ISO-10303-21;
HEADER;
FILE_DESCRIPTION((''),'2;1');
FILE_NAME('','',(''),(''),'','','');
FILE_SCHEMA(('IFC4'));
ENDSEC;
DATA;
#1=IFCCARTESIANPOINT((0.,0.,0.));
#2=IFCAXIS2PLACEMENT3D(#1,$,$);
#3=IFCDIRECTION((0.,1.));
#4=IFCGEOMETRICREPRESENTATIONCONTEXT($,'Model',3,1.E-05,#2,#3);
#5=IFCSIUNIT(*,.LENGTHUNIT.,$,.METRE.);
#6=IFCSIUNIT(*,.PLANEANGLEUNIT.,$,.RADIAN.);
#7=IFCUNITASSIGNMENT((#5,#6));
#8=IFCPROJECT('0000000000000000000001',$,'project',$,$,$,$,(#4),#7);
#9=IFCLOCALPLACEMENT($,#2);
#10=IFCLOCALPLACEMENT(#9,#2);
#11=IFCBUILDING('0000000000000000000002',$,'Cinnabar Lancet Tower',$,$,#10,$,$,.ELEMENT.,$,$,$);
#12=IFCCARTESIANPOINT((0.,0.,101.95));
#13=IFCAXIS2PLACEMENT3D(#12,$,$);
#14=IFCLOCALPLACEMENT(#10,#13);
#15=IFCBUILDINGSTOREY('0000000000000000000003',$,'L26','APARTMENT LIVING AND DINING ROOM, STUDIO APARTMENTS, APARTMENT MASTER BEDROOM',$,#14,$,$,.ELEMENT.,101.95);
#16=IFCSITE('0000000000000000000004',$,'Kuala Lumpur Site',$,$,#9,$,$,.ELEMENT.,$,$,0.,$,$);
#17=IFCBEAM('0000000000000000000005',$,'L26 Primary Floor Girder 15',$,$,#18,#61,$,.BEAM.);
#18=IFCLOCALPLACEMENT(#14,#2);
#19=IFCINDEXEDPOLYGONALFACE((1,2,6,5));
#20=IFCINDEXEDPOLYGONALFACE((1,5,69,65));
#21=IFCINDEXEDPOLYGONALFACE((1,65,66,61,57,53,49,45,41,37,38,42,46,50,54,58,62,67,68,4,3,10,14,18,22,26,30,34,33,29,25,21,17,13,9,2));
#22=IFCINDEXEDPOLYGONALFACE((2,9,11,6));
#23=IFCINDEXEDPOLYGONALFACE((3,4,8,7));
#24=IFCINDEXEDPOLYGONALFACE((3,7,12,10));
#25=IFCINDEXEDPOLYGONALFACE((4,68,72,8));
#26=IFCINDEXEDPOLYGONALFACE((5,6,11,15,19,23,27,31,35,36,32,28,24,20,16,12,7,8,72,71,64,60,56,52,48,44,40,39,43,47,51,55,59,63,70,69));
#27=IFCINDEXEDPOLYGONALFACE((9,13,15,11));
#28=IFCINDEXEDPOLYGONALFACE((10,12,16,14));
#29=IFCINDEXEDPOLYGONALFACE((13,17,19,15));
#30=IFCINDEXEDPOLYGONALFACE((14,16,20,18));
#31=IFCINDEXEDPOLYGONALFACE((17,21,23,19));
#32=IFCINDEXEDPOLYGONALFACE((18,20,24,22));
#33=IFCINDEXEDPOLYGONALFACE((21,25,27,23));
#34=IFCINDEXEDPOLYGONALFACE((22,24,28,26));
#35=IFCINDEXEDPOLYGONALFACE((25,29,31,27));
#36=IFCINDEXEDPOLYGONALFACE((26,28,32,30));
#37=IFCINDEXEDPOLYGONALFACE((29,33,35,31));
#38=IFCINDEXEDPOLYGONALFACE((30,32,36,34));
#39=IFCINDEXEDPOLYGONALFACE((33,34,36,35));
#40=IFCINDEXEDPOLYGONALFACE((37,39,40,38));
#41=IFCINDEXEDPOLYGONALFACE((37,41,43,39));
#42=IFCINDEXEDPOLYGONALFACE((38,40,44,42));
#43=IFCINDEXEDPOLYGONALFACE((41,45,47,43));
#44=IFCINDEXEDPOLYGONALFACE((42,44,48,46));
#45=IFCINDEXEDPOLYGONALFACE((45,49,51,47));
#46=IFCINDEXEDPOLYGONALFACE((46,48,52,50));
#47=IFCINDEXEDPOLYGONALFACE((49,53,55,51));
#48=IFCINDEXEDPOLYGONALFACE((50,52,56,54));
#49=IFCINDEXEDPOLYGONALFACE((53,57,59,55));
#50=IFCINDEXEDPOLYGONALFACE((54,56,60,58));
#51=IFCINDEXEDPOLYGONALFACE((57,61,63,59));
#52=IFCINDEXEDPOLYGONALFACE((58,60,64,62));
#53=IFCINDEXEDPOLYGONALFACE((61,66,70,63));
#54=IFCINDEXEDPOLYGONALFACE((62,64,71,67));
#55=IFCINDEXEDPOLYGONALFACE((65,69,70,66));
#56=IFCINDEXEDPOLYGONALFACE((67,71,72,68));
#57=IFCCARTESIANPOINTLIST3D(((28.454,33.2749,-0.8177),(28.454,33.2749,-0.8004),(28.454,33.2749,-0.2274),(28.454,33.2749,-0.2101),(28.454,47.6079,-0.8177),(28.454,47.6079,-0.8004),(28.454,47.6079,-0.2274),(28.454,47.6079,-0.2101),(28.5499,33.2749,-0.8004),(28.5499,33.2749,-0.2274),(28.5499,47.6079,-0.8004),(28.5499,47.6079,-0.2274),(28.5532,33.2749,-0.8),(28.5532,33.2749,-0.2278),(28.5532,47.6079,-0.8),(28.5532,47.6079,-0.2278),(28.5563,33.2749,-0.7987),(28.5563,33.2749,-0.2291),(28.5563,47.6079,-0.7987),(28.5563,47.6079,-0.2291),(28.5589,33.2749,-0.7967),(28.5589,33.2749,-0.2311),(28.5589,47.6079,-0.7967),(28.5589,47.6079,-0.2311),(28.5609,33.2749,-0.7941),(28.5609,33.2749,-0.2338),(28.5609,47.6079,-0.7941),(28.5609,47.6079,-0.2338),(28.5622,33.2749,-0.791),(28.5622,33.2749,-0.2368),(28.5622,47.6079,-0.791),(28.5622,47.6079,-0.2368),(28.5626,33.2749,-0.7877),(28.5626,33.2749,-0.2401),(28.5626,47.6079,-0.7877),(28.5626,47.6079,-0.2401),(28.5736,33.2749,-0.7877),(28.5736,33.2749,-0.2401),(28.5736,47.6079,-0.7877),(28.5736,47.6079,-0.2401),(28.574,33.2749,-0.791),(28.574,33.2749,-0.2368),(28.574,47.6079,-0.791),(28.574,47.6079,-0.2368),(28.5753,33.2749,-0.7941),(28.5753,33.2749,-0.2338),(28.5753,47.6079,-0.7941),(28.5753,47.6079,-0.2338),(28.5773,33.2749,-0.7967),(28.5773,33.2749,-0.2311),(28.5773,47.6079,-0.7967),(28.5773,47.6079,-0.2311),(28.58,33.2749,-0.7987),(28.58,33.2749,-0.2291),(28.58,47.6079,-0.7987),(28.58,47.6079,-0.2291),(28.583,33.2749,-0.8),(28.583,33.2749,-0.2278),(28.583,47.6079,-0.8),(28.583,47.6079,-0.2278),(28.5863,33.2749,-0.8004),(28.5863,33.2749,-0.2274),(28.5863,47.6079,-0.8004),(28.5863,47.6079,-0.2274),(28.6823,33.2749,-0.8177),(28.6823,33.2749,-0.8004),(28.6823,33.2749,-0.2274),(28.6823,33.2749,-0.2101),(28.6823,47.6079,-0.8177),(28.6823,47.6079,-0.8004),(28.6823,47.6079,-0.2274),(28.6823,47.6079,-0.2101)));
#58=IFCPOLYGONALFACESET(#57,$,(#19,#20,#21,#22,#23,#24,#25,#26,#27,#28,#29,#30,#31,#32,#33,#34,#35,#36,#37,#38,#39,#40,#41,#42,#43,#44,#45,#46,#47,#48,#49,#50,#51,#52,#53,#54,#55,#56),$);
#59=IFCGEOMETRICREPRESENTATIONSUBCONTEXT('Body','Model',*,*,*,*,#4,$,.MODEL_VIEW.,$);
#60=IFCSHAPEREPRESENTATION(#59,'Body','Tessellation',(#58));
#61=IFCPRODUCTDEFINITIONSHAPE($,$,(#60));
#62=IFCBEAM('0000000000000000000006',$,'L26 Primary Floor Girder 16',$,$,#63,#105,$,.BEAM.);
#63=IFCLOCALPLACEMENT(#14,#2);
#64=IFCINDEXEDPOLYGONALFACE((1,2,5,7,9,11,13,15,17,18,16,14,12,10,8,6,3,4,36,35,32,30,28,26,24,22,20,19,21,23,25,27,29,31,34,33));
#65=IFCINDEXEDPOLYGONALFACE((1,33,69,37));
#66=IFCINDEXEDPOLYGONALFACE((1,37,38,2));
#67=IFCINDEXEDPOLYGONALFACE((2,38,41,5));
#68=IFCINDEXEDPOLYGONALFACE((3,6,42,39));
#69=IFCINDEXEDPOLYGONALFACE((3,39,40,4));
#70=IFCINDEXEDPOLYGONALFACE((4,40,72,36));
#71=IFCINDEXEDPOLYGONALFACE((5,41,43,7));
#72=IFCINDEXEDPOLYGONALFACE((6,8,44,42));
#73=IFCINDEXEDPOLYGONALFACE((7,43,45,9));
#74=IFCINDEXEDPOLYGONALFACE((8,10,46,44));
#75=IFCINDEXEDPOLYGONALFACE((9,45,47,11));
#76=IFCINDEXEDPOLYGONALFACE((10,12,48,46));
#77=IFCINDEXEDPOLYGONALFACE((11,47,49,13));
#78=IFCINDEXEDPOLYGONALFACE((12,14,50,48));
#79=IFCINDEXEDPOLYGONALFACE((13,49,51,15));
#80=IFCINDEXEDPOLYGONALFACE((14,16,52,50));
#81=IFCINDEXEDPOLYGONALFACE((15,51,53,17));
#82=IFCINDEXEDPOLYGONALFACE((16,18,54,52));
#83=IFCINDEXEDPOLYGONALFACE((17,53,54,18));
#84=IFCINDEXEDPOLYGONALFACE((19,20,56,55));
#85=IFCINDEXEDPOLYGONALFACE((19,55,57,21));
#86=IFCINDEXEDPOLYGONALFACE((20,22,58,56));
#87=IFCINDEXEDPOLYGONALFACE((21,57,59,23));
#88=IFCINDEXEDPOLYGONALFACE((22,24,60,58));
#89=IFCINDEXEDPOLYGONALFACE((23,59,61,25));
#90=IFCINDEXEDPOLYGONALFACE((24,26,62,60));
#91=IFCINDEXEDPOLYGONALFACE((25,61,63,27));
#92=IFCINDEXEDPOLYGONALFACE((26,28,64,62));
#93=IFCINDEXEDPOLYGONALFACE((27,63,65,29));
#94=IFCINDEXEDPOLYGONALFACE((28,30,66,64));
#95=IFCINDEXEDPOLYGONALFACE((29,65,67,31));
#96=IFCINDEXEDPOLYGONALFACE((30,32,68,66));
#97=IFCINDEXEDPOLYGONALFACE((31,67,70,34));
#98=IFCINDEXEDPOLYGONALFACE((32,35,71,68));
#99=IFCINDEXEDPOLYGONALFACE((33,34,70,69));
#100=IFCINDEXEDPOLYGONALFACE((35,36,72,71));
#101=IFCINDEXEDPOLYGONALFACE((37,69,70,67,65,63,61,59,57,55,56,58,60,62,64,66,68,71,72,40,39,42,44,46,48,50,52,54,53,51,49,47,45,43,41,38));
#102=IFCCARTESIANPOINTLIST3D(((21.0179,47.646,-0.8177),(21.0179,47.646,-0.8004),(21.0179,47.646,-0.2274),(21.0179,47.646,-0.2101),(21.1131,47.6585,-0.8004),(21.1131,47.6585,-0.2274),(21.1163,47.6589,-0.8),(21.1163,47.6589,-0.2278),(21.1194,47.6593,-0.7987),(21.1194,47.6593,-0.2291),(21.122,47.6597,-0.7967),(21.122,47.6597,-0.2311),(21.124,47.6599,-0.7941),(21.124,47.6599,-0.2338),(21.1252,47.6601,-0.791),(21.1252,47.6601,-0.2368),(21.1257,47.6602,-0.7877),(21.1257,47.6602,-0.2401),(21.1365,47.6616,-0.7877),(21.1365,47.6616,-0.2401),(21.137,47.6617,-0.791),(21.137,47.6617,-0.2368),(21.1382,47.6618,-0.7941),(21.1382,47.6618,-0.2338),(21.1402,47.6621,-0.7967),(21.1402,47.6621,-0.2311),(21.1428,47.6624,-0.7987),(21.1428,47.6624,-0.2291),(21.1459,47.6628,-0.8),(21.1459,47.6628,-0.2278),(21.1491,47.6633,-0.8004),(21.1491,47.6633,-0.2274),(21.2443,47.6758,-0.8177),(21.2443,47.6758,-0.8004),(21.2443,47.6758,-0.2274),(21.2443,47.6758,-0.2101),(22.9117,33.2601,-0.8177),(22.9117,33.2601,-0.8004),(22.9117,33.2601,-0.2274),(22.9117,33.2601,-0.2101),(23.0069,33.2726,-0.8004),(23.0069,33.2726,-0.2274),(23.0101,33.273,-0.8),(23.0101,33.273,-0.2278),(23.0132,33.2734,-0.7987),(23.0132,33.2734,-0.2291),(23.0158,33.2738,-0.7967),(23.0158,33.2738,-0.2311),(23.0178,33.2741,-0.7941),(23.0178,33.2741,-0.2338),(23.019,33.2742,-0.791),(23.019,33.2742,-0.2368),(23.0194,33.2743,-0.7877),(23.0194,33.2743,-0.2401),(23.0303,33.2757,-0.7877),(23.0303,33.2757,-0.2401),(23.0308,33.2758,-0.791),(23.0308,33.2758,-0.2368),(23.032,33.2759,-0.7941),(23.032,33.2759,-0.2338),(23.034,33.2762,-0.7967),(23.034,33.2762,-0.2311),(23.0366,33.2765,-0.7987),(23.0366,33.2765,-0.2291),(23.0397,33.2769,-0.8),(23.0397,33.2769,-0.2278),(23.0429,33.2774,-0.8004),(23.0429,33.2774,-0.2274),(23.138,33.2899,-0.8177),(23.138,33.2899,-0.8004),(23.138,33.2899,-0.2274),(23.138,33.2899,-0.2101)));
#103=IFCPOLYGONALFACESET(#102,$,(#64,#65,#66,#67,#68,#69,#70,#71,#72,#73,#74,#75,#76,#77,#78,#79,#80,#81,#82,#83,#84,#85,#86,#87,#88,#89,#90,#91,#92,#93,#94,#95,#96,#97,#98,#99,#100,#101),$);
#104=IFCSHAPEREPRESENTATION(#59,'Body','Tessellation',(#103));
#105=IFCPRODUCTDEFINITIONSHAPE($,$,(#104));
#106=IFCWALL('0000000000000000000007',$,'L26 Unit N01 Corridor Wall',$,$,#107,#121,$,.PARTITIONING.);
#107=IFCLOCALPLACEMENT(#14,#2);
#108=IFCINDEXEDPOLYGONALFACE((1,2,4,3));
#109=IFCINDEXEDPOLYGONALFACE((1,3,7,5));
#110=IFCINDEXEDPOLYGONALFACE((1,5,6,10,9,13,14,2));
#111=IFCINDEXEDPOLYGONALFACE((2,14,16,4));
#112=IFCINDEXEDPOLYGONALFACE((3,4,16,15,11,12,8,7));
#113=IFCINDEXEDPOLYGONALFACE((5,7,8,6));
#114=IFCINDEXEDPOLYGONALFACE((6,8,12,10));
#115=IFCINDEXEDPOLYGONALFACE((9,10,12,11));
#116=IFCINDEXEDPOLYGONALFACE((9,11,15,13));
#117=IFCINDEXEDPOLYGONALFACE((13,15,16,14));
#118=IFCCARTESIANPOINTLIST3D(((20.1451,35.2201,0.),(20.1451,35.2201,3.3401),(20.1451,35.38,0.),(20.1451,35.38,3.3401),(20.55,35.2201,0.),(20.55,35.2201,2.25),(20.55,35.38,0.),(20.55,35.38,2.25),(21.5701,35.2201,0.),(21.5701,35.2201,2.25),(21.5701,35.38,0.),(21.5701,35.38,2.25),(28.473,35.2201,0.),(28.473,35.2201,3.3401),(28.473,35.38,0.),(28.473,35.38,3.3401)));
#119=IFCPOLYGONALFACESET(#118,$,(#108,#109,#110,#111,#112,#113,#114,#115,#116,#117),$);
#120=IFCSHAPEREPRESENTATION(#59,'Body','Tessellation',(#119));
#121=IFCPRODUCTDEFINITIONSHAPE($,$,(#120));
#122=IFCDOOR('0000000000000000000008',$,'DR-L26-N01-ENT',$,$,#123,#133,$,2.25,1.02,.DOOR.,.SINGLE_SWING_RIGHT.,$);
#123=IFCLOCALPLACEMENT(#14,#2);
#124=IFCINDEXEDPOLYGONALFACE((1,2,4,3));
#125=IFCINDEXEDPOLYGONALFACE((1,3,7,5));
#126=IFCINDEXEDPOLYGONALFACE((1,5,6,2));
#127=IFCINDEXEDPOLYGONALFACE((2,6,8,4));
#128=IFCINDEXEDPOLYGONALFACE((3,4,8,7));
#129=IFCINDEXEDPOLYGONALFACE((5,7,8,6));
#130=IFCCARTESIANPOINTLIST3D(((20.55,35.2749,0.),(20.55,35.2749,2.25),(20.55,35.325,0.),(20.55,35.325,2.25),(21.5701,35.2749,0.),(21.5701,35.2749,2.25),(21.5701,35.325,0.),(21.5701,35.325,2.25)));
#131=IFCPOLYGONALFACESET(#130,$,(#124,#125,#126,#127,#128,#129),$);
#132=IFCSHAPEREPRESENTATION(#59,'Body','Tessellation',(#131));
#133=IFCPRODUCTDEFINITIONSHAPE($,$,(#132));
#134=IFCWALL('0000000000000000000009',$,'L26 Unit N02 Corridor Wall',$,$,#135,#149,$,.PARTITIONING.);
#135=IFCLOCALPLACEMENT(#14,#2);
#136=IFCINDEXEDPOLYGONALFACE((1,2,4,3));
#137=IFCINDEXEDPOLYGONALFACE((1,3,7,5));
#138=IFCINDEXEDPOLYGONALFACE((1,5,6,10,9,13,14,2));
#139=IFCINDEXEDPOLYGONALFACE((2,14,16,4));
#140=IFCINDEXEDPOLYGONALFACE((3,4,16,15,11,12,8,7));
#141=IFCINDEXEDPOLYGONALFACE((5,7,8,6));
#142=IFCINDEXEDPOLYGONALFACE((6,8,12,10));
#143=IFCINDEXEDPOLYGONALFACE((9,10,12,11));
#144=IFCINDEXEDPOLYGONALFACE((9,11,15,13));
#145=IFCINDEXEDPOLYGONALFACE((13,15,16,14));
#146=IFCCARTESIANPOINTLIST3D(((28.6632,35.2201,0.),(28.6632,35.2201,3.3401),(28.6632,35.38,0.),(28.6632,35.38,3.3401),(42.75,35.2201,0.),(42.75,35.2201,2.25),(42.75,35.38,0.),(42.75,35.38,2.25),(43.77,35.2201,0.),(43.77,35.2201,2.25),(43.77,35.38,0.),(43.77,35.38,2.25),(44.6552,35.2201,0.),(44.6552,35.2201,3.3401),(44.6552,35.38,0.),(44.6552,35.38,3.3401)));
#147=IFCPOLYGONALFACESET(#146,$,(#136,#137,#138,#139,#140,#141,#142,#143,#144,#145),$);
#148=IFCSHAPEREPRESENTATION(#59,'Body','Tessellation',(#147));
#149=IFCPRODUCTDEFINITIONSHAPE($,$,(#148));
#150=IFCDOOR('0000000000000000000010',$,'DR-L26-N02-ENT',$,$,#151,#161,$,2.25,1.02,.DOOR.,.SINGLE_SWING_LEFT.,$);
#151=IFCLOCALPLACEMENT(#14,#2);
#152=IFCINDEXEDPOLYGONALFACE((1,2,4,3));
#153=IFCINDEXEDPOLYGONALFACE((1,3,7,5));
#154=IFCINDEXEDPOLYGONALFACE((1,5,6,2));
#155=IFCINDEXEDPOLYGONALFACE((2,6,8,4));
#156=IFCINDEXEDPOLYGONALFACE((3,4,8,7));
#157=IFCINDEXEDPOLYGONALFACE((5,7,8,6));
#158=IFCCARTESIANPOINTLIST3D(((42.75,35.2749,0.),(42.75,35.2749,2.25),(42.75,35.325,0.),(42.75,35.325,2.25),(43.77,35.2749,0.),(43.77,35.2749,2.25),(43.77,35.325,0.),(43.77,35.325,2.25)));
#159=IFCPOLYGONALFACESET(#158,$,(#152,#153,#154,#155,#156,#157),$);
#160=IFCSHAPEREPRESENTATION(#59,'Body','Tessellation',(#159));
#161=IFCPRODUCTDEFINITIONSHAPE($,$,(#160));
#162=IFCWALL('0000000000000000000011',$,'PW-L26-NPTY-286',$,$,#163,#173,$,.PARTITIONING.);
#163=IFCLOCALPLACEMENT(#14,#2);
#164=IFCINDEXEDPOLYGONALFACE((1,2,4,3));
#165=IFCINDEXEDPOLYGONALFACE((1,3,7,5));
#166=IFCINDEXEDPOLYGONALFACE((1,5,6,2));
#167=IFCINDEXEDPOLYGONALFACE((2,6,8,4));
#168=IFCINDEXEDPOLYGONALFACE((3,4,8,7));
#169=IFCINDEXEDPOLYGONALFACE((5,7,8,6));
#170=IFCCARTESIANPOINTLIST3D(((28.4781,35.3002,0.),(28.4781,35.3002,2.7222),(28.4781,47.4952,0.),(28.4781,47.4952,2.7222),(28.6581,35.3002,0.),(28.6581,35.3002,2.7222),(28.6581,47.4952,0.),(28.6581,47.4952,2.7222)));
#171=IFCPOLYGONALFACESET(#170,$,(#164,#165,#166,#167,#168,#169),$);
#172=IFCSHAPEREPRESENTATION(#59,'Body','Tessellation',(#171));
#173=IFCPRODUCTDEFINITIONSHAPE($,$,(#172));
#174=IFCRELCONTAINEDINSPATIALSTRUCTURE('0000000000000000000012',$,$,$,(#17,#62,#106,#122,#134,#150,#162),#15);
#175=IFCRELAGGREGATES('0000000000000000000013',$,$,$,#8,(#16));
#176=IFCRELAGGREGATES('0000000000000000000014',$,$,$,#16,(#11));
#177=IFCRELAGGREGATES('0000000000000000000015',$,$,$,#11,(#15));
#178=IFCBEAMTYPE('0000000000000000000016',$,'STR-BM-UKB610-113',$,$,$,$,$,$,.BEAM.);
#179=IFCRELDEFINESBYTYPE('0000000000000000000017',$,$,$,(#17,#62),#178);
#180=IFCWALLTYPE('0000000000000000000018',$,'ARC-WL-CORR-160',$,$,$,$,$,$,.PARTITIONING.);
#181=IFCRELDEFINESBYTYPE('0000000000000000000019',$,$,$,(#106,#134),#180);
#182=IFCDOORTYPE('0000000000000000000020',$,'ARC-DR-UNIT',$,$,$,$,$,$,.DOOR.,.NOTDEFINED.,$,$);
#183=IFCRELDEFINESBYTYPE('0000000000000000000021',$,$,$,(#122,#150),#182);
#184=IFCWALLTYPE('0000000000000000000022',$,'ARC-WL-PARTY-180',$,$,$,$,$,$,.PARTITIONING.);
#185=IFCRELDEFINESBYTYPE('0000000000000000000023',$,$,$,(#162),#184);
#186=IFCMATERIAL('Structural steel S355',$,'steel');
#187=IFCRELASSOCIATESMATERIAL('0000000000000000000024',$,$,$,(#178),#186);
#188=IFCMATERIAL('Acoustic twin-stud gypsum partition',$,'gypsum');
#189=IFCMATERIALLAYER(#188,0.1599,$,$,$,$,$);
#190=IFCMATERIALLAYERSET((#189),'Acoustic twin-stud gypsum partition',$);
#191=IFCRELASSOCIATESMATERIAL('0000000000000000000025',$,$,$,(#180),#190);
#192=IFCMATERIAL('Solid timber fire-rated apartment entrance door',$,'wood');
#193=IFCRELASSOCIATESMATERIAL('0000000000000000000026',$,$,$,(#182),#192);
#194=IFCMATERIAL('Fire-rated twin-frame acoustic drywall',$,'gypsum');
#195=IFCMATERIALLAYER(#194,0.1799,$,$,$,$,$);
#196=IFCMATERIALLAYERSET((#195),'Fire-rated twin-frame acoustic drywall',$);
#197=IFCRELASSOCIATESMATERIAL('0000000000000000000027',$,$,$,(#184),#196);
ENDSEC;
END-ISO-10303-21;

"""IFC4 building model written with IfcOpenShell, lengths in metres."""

from ifc_helpers import new_model, si_unit, direction, frame, frame_2d, origin, origin_2d, place, context, subcontext, project, spatial, rectangle, i_section, extrude, material, layer, layer_set, material_profile, profile_set, type_object, element, fill, save


model = new_model("IFC4")

# Units and contexts
model_context = context("Model", 3, precision=1e-05, world=origin(), true_north=direction((0.0, 1.0)))
body_context = subcontext(model_context, "Body", "Model", "MODEL_VIEW")
ifc_project = project(units=[si_unit("LENGTHUNIT", "METRE"), si_unit("PLANEANGLEUNIT", "RADIAN")], contexts=[model_context])

# Site, building, storey
site_placement = place(None, origin())
site = spatial("IfcSite", under=ifc_project, at=site_placement, Name="Kuala Lumpur Site", CompositionType="ELEMENT", RefElevation=0.0)
building_placement = place(site_placement, origin())
building = spatial("IfcBuilding", under=site, at=building_placement, Name="Cinnabar Lancet Tower", CompositionType="ELEMENT")
storey_placement = place(building_placement, frame((0.0, 0.0, 101.95)))
storey = spatial("IfcBuildingStorey", under=building, at=storey_placement, Name="L26", Description="APARTMENT LIVING AND DINING ROOM, STUDIO APARTMENTS, APARTMENT MASTER BEDROOM", CompositionType="ELEMENT", Elevation=101.95)

# Beams
ifc_material_1 = material(Name="Structural steel S355", Category="steel")
ifc_material_profile_1 = material_profile(ifc_material_1, i_section(OverallWidth=0.2283, OverallDepth=0.6077, WebThickness=0.011, FlangeThickness=0.0173, FilletRadius=0.0127, at=origin_2d()), Name="UKB 610x229x113")
ifc_profile_set_1 = profile_set([ifc_material_profile_1], Name="Structural steel S355")
beam_type_1 = type_object("IfcBeamType", Name="STR-BM-UKB610-113", PredefinedType="BEAM", material=ifc_profile_set_1)
beam_1_placement = place(storey_placement, frame((28.5681, 47.6079, -0.5139), z_axis=(0.0, -1.0, 0.0), x_axis=(1.0, 0.0, 0.0)))
element("IfcBeam", 1, at=beam_1_placement, inside=storey, type_object=beam_type_1, Name="L26 Primary Floor Girder 15", PredefinedType="BEAM", context=body_context, shape_type="SweptSolid", body=[
    extrude(i_section(OverallWidth=0.2283, OverallDepth=0.6077, WebThickness=0.011, FlangeThickness=0.0173, FilletRadius=0.0127, at=origin_2d()), origin(), (0.0, 0.0, 1.0), 14.333),
])
beam_2_placement = place(storey_placement, frame((21.1311, 47.6609, -0.5139), z_axis=(0.130516, -0.991446, 0.0), x_axis=(0.991446, 0.130516, 0.0)))
element("IfcBeam", 2, at=beam_2_placement, inside=storey, type_object=beam_type_1, Name="L26 Primary Floor Girder 16", PredefinedType="BEAM", context=body_context, shape_type="SweptSolid", body=[
    extrude(i_section(OverallWidth=0.2283, OverallDepth=0.6077, WebThickness=0.011, FlangeThickness=0.0173, FilletRadius=0.0127, at=origin_2d()), origin(), (0.0, 0.0, 1.0), 14.51),
])

# Walls, openings, doors
ifc_material_2 = material(Name="Acoustic twin-stud gypsum partition", Category="gypsum")
ifc_layer_1 = layer(ifc_material_2, 0.1599)
ifc_layer_set_1 = layer_set([ifc_layer_1], Name="Acoustic twin-stud gypsum partition")
wall_type_1 = type_object("IfcWallType", Name="ARC-WL-CORR-160", PredefinedType="PARTITIONING", material=ifc_layer_set_1)
wall_1_placement = place(storey_placement, frame((20.145, 35.3, 0.0), z_axis=(0.0, 0.0, 1.0), x_axis=(1.0, 0.0, 0.0)))
wall_1 = element("IfcWall", 3, at=wall_1_placement, inside=storey, type_object=wall_type_1, Name="L26 Unit N01 Corridor Wall", PredefinedType="PARTITIONING", context=body_context, shape_type="SweptSolid", body=[
    extrude(rectangle(XDim=8.3279, YDim=0.1599, at=frame_2d((4.1641, 0.0))), origin(), (0.0, 0.0, 1.0), 3.3401),
])
opening_1_placement = place(wall_1_placement, frame((0.405, 0.0, 0.0)))
opening_1 = element("IfcOpeningElement", 4, at=opening_1_placement, cuts=wall_1, PredefinedType="OPENING", context=body_context, shape_type="SweptSolid", body=[
    extrude(rectangle(XDim=1.02, YDim=2.25, at=frame_2d((0.51, 1.125))), frame((0.0, 0.0898, 0.0), z_axis=(0.0, -1.0, 0.0), x_axis=(1.0, 0.0, 0.0)), (0.0, 0.0, 1.0), 0.1799),
])
ifc_material_3 = material(Name="Solid timber fire-rated apartment entrance door", Category="wood")
door_type_1 = type_object("IfcDoorType", Name="ARC-DR-UNIT", OperationType="NOTDEFINED", PredefinedType="DOOR", material=ifc_material_3)
door_1_placement = place(opening_1_placement, origin())
door_1 = element("IfcDoor", 5, at=door_1_placement, inside=storey, type_object=door_type_1, Name="DR-L26-N01-ENT", OperationType="SINGLE_SWING_RIGHT", OverallHeight=2.25, OverallWidth=1.02, PredefinedType="DOOR", context=body_context, shape_type="SweptSolid", body=[
    extrude(rectangle(XDim=1.02, YDim=2.25, at=frame_2d((0.51, 1.125))), frame((0.0, 0.0249, 0.0), z_axis=(0.0, -1.0, 0.0), x_axis=(1.0, 0.0, 0.0)), (0.0, 0.0, 1.0), 0.05),
])
fill(opening_1, door_1)
wall_2_placement = place(storey_placement, frame((28.6631, 35.3, 0.0), z_axis=(0.0, 0.0, 1.0), x_axis=(1.0, 0.0, 0.0)))
wall_2 = element("IfcWall", 6, at=wall_2_placement, inside=storey, type_object=wall_type_1, Name="L26 Unit N02 Corridor Wall", PredefinedType="PARTITIONING", context=body_context, shape_type="SweptSolid", body=[
    extrude(rectangle(XDim=15.9919, YDim=0.1599, at=frame_2d((7.9961, 0.0))), origin(), (0.0, 0.0, 1.0), 3.3401),
])
opening_2_placement = place(wall_2_placement, frame((14.0869, 0.0, 0.0)))
opening_2 = element("IfcOpeningElement", 7, at=opening_2_placement, cuts=wall_2, PredefinedType="OPENING", context=body_context, shape_type="SweptSolid", body=[
    extrude(rectangle(XDim=1.02, YDim=2.25, at=frame_2d((0.51, 1.125))), frame((0.0, 0.0898, 0.0), z_axis=(0.0, -1.0, 0.0), x_axis=(1.0, 0.0, 0.0)), (0.0, 0.0, 1.0), 0.1799),
])
door_2_placement = place(opening_2_placement, origin())
door_2 = element("IfcDoor", 8, at=door_2_placement, inside=storey, type_object=door_type_1, Name="DR-L26-N02-ENT", OperationType="SINGLE_SWING_LEFT", OverallHeight=2.25, OverallWidth=1.02, PredefinedType="DOOR", context=body_context, shape_type="SweptSolid", body=[
    extrude(rectangle(XDim=1.02, YDim=2.25, at=frame_2d((0.51, 1.125))), frame((0.0, 0.0249, 0.0), z_axis=(0.0, -1.0, 0.0), x_axis=(1.0, 0.0, 0.0)), (0.0, 0.0, 1.0), 0.05),
])
fill(opening_2, door_2)

# Wall
ifc_material_4 = material(Name="Fire-rated twin-frame acoustic drywall", Category="gypsum")
ifc_layer_2 = layer(ifc_material_4, 0.1799)
ifc_layer_set_2 = layer_set([ifc_layer_2], Name="Fire-rated twin-frame acoustic drywall")
wall_type_2 = type_object("IfcWallType", Name="ARC-WL-PARTY-180", PredefinedType="PARTITIONING", material=ifc_layer_set_2)
wall_3_placement = place(storey_placement, frame((28.5681, 35.3, 0.0), z_axis=(0.0, 0.0, 1.0), x_axis=(0.0, 1.0, 0.0)))
element("IfcWall", 9, at=wall_3_placement, inside=storey, type_object=wall_type_2, Name="PW-L26-NPTY-286", PredefinedType="PARTITIONING", context=body_context, shape_type="SweptSolid", body=[
    extrude(rectangle(XDim=12.1951, YDim=0.1799, at=frame_2d((6.0977, 0.0))), origin(), (0.0, 0.0, 1.0), 2.7222),
])

save(model, "model.ifc")
